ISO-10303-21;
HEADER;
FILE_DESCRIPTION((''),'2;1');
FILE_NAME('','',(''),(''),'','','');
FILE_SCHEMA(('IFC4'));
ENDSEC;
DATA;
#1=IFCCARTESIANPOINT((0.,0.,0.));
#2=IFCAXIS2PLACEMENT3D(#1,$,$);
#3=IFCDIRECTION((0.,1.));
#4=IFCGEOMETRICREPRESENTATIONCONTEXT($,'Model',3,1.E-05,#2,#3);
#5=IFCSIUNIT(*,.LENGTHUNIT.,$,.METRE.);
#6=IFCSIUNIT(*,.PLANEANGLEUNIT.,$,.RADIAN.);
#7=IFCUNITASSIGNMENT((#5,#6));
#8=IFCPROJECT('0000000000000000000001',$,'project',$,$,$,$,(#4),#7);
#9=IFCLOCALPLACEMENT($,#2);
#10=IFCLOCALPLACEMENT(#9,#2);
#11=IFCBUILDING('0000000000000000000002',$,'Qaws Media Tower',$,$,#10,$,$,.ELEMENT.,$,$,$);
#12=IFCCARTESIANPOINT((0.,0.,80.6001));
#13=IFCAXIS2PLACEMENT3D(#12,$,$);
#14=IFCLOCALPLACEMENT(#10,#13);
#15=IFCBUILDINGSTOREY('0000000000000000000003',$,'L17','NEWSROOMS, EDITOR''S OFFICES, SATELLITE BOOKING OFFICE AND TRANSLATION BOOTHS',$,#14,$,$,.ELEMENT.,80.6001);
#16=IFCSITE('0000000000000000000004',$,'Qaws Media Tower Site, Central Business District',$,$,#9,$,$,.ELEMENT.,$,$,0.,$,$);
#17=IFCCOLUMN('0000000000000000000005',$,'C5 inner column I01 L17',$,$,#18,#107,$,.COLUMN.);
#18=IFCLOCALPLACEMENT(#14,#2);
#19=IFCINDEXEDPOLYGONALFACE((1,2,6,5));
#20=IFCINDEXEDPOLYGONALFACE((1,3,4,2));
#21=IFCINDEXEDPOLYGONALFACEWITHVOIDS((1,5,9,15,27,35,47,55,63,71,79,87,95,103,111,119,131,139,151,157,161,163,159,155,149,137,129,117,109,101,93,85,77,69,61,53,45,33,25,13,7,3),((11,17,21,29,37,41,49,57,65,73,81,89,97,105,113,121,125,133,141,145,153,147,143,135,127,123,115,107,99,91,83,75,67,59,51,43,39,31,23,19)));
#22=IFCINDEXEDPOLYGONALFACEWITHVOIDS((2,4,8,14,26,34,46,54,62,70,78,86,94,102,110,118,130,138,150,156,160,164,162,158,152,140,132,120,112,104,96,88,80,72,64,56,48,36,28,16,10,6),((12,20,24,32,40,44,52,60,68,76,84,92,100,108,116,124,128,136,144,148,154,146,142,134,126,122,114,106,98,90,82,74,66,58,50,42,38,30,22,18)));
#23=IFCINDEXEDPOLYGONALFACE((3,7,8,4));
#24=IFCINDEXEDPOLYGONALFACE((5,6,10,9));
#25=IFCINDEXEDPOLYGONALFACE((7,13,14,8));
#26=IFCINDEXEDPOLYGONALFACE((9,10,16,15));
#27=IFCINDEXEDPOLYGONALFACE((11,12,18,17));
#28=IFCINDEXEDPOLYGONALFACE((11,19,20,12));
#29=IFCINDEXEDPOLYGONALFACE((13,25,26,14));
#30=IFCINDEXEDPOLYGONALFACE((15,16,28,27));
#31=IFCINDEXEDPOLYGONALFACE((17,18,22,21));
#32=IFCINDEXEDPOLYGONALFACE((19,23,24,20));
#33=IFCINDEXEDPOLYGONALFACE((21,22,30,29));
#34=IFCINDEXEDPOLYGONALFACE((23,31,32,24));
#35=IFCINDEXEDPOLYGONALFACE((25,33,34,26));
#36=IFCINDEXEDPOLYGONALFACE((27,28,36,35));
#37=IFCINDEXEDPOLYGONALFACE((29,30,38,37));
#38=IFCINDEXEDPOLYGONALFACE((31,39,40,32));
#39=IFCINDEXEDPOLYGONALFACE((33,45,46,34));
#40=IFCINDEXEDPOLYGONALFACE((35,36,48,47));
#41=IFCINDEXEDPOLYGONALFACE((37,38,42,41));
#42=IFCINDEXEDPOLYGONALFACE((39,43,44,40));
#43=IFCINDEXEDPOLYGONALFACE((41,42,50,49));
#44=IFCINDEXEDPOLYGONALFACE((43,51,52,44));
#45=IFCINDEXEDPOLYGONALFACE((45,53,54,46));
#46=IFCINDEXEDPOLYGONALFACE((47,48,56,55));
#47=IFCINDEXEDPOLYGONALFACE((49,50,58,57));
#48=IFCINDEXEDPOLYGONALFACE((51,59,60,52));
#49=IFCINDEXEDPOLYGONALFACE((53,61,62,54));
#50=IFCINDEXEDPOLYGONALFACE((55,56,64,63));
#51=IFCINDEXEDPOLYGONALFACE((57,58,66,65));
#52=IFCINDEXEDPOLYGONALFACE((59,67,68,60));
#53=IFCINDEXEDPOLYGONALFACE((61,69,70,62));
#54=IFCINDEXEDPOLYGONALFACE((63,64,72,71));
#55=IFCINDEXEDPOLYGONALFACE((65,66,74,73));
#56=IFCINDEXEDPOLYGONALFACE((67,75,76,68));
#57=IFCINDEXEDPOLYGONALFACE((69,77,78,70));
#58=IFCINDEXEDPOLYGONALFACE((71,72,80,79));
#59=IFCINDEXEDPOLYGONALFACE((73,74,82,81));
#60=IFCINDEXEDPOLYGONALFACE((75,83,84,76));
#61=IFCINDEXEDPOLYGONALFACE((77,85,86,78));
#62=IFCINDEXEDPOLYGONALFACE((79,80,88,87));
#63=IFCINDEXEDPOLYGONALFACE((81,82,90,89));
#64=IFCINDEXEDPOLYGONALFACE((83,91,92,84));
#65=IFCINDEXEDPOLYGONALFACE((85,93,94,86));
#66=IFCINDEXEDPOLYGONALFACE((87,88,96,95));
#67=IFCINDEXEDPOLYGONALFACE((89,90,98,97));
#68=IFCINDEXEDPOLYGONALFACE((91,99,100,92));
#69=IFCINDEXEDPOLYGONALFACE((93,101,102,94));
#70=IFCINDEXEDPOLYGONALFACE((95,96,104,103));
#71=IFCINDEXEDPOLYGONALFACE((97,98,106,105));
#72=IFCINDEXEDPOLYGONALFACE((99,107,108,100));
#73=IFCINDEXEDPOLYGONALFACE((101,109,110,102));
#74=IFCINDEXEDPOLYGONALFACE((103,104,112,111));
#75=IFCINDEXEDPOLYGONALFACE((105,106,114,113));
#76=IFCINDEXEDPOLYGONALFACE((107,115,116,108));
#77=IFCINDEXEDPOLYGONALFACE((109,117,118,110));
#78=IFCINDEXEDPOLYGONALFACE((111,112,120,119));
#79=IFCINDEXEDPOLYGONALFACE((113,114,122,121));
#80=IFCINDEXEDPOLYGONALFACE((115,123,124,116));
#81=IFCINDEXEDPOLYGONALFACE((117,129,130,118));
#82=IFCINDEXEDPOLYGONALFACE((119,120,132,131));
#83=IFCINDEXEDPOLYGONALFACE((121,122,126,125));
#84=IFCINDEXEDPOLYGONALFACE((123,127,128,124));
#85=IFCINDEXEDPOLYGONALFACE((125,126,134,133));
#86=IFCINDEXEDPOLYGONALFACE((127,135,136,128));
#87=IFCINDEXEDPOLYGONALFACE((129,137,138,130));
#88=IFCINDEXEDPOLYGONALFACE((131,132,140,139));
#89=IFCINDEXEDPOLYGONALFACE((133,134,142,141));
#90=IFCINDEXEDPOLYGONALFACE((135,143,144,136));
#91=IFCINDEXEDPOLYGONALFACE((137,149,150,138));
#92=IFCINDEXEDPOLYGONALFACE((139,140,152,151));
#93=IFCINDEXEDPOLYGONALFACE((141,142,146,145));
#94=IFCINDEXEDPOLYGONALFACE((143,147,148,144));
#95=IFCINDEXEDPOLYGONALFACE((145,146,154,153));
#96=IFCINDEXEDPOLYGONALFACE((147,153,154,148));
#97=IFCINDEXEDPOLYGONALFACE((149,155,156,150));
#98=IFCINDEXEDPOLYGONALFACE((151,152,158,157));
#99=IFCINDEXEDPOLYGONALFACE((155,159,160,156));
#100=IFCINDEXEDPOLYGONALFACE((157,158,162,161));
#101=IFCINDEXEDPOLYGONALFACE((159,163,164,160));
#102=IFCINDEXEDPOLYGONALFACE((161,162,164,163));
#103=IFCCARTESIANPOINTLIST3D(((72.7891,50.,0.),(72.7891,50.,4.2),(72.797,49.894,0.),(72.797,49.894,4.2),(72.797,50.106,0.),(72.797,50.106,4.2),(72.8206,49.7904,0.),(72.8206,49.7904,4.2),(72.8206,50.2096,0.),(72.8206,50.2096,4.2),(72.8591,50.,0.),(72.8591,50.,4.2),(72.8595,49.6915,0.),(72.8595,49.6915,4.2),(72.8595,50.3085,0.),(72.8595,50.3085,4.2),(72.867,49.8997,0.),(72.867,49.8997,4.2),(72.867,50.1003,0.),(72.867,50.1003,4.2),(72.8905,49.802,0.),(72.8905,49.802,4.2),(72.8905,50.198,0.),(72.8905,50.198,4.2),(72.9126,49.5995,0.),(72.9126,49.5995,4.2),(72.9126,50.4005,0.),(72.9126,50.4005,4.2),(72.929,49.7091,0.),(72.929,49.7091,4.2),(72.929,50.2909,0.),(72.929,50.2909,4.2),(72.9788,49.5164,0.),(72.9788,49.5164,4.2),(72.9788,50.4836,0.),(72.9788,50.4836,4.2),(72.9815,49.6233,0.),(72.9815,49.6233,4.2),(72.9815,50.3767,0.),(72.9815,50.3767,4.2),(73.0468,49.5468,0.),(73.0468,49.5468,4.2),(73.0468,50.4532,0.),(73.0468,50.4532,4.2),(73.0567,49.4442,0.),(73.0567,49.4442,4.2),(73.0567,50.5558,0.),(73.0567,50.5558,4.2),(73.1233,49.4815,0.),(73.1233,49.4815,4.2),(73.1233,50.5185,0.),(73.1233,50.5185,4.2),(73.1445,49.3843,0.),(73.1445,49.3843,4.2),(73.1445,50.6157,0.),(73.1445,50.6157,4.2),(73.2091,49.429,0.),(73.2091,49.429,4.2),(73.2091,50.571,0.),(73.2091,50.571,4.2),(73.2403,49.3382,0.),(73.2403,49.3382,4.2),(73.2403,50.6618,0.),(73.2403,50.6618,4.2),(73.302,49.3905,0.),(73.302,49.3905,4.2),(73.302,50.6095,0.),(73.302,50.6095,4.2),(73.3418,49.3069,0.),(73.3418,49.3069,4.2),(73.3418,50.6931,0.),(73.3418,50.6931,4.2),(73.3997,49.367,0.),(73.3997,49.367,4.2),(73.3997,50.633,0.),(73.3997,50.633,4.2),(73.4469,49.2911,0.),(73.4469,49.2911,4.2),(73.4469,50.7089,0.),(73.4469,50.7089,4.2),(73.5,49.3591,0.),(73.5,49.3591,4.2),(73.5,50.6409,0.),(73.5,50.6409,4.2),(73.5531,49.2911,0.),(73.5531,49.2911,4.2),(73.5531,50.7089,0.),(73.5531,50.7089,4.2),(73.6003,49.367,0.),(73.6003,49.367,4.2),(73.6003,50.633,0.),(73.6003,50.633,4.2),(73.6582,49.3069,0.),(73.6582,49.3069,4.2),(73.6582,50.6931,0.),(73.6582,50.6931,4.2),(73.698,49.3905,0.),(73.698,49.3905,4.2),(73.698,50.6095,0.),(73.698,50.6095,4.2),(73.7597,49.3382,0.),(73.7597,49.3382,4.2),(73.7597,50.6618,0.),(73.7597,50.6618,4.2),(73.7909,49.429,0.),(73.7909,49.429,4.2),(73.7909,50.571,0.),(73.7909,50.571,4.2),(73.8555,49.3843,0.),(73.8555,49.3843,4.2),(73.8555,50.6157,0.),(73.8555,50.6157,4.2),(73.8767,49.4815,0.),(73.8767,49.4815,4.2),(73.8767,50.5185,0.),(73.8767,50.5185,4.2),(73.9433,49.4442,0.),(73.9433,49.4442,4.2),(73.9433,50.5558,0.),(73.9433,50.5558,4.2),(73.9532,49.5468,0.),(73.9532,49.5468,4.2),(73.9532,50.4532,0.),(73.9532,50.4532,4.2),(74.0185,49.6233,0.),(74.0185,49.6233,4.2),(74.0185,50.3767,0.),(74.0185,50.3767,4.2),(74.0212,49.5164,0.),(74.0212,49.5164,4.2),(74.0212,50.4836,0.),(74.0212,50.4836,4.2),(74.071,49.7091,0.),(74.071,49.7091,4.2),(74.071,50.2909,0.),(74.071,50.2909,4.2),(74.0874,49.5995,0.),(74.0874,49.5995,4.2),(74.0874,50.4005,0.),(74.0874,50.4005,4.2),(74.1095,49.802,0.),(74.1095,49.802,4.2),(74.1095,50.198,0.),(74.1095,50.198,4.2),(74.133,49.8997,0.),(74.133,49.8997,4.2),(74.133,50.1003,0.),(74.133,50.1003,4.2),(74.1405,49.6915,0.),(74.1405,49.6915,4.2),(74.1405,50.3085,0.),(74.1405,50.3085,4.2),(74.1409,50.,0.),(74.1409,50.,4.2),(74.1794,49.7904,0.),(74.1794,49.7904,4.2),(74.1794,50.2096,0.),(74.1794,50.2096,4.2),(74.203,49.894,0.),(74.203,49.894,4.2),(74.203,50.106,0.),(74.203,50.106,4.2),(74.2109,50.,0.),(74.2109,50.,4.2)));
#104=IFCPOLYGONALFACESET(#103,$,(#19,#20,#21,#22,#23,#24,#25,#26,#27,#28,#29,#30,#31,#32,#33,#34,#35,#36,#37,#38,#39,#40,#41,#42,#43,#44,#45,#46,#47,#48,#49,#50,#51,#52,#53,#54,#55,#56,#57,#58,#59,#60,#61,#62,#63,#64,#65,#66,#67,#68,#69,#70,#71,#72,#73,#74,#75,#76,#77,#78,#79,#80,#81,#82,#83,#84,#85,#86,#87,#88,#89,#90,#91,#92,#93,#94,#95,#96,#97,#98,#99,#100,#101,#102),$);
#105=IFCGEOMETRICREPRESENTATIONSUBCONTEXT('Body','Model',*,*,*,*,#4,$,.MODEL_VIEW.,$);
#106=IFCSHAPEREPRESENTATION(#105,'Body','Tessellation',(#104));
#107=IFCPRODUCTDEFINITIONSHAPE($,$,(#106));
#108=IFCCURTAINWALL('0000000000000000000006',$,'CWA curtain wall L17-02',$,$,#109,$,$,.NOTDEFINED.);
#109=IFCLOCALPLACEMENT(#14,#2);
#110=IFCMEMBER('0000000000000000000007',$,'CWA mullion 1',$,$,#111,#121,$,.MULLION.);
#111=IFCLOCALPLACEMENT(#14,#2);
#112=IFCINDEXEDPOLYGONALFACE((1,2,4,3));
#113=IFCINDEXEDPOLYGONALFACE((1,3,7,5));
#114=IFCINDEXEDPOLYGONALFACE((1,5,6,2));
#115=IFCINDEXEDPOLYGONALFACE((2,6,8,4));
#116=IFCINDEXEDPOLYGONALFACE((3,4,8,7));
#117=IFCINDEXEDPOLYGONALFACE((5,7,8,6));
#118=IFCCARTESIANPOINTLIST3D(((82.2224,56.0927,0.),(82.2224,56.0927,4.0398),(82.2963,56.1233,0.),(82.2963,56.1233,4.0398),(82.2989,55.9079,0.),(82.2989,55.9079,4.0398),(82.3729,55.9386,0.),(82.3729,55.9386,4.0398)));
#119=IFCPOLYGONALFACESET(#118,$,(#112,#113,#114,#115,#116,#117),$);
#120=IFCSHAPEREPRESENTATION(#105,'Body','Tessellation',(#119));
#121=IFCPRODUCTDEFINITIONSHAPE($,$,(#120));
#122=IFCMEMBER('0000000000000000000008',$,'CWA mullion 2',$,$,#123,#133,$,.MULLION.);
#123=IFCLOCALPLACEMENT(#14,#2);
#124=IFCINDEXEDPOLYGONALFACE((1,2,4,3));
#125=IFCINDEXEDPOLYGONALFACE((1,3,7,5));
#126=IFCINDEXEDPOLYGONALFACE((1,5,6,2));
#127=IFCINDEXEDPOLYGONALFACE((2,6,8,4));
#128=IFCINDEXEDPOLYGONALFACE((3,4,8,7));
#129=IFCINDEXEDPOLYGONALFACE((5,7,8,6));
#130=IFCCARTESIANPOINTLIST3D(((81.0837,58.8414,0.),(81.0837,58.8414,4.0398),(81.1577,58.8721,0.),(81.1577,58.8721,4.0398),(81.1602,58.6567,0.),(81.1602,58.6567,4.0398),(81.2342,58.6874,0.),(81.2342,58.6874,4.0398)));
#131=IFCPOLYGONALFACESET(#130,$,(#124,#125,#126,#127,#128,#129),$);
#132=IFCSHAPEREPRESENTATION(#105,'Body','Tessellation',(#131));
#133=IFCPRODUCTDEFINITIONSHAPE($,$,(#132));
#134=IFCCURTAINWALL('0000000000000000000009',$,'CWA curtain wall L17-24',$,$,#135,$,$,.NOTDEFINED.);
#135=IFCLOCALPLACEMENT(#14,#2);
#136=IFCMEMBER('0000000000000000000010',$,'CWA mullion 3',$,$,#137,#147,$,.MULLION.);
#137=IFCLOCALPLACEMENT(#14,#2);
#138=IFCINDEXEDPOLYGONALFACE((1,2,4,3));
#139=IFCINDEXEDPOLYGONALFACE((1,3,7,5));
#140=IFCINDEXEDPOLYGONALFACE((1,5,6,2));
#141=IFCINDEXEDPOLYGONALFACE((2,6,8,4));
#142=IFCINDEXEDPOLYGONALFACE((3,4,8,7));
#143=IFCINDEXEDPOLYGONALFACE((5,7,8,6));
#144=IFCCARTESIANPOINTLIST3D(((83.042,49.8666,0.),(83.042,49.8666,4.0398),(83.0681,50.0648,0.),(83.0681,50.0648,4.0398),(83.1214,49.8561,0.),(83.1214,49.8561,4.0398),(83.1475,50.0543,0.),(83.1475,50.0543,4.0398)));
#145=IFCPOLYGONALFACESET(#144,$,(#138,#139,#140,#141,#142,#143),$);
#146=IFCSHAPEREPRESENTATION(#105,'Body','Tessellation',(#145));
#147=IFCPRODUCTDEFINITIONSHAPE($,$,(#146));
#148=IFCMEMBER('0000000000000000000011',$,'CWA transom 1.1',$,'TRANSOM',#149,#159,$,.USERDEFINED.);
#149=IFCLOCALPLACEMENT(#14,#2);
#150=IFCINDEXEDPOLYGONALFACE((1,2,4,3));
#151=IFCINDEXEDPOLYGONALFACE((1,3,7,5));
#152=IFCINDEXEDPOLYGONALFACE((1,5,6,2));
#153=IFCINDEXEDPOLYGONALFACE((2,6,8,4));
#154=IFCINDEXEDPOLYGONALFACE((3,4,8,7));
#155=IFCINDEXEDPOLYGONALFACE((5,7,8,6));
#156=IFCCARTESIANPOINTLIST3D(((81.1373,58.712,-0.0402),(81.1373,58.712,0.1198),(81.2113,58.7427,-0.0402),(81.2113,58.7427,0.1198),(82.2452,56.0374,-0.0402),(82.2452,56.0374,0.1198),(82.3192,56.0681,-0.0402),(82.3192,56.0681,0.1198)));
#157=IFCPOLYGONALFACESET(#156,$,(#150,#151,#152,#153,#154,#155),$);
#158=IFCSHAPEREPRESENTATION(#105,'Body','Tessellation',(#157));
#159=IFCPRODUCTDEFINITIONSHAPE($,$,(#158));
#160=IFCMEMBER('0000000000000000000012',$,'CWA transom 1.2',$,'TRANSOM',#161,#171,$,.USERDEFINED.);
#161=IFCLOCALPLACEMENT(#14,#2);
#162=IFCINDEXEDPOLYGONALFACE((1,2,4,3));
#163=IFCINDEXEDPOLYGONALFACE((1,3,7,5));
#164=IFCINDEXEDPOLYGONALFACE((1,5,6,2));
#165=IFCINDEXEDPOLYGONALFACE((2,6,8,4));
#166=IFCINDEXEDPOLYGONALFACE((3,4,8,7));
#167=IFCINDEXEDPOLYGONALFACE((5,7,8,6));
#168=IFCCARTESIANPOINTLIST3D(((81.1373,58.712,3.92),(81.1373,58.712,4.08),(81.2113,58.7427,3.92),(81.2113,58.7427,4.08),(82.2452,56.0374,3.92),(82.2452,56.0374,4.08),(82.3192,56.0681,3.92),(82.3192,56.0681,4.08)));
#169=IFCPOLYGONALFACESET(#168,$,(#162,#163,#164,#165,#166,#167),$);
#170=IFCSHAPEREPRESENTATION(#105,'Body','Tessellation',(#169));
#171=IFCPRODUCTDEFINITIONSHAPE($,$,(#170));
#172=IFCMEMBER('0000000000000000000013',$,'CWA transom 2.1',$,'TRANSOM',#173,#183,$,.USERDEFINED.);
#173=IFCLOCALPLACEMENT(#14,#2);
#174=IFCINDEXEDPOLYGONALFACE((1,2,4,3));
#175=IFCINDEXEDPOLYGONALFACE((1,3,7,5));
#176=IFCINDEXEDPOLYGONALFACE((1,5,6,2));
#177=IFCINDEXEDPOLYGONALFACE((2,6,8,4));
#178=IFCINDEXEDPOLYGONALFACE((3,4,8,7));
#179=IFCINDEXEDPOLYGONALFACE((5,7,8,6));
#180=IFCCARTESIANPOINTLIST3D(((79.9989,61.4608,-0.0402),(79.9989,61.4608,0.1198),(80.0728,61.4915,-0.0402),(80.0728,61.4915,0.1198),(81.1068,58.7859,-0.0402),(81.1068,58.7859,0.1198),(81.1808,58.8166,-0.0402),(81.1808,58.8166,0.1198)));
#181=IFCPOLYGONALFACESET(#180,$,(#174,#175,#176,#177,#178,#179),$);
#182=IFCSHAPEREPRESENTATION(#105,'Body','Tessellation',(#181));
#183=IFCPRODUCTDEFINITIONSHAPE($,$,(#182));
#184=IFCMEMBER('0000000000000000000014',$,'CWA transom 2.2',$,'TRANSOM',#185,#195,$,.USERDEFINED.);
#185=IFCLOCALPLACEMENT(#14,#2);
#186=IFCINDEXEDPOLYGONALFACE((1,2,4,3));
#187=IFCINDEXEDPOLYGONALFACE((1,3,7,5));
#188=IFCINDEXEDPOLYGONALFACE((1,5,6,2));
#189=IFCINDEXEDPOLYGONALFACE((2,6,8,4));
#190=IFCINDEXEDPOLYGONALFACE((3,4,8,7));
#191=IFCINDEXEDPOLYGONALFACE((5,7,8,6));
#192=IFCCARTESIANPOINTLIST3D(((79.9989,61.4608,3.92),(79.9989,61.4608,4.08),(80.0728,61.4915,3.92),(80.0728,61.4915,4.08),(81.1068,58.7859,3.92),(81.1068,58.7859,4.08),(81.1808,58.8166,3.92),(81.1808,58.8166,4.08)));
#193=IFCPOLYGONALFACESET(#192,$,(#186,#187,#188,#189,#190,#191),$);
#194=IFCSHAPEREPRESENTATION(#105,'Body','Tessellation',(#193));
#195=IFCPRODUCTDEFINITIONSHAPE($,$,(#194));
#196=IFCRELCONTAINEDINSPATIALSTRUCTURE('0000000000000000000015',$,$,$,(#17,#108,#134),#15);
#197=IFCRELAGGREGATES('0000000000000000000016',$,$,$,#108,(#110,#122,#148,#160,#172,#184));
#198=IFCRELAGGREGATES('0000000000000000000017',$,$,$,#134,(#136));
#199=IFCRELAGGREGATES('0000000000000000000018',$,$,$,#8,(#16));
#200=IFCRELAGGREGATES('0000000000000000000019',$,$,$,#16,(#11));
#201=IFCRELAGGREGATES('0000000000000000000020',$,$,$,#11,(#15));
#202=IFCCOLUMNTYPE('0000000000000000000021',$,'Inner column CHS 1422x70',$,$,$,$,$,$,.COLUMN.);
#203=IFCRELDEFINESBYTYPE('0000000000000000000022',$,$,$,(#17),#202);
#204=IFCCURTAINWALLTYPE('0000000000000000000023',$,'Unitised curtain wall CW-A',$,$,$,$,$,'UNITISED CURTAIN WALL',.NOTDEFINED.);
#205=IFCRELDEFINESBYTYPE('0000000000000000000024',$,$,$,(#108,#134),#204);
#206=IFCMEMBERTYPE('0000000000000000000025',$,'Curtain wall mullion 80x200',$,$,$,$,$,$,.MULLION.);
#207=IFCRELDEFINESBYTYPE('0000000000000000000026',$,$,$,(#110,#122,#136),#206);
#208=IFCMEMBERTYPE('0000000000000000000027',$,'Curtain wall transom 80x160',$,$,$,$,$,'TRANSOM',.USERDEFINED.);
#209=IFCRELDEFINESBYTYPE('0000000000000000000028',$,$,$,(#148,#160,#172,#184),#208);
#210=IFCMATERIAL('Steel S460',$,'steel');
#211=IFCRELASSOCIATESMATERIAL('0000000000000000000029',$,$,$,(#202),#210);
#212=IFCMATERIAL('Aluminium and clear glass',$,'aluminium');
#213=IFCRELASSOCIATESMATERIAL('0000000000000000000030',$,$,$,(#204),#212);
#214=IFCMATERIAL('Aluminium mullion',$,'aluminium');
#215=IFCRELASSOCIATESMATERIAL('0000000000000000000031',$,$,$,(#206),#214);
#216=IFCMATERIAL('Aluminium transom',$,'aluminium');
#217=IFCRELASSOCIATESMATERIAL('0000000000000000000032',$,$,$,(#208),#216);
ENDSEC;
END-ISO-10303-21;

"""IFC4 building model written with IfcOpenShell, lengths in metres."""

from ifc_helpers import new_model, si_unit, direction, frame, origin, origin_2d, place, context, subcontext, project, spatial, rectangle, hollow_circle, extrude, material, material_profile, profile_set, type_object, element, aggregate, save


model = new_model("IFC4")

# Units and contexts
model_context = context("Model", 3, precision=1e-05, world=origin(), true_north=direction((0.0, 1.0)))
body_context = subcontext(model_context, "Body", "Model", "MODEL_VIEW")
ifc_project = project(units=[si_unit("LENGTHUNIT", "METRE"), si_unit("PLANEANGLEUNIT", "RADIAN")], contexts=[model_context])

# Site, building, storey
site_placement = place(None, origin())
site = spatial("IfcSite", under=ifc_project, at=site_placement, Name="Qaws Media Tower Site, Central Business District", CompositionType="ELEMENT", RefElevation=0.0)
building_placement = place(site_placement, origin())
building = spatial("IfcBuilding", under=site, at=building_placement, Name="Qaws Media Tower", CompositionType="ELEMENT")
storey_placement = place(building_placement, frame((0.0, 0.0, 80.6001)))
storey = spatial("IfcBuildingStorey", under=building, at=storey_placement, Name="L17", Description="NEWSROOMS, EDITOR'S OFFICES, SATELLITE BOOKING OFFICE AND TRANSLATION BOOTHS", CompositionType="ELEMENT", Elevation=80.6001)

# Column
ifc_material_1 = material(Name="Steel S460", Category="steel")
ifc_material_profile_1 = material_profile(ifc_material_1, hollow_circle(Radius=0.7109, WallThickness=0.0701, at=origin_2d()), Name="CHS 1422x70")
ifc_profile_set_1 = profile_set([ifc_material_profile_1], Name="Steel S460")
column_type = type_object("IfcColumnType", Name="Inner column CHS 1422x70", PredefinedType="COLUMN", material=ifc_profile_set_1)
column_placement = place(storey_placement, frame((73.5, 50.0, 0.0), z_axis=(0.0, 0.0, 1.0), x_axis=(1.0, 0.0, 0.0)))
element("IfcColumn", 1, at=column_placement, inside=storey, type_object=column_type, Name="C5 inner column I01 L17", PredefinedType="COLUMN", context=body_context, shape_type="SweptSolid", body=[
    extrude(hollow_circle(Radius=0.7109, WallThickness=0.0701, at=origin_2d()), origin(), (0.0, 0.0, 1.0), 4.2),
])

# Curtain wall, members
ifc_material_2 = material(Name="Aluminium and clear glass", Category="aluminium")
curtain_wall_type = type_object("IfcCurtainWallType", Name="Unitised curtain wall CW-A", ElementType="UNITISED CURTAIN WALL", PredefinedType="NOTDEFINED", material=ifc_material_2)
curtain_wall_1_placement = place(storey_placement, origin())
curtain_wall_1 = element("IfcCurtainWall", 2, at=curtain_wall_1_placement, inside=storey, type_object=curtain_wall_type, Name="CWA curtain wall L17-02", PredefinedType="NOTDEFINED")
ifc_material_3 = material(Name="Aluminium mullion", Category="aluminium")
ifc_material_profile_2 = material_profile(ifc_material_3, rectangle(XDim=0.0801, YDim=0.2, at=origin_2d()), Name="80x200")
ifc_profile_set_2 = profile_set([ifc_material_profile_2], Name="Aluminium mullion")
member_type_1 = type_object("IfcMemberType", Name="Curtain wall mullion 80x200", PredefinedType="MULLION", material=ifc_profile_set_2)
member_1_placement = place(storey_placement, frame((82.2976, 56.0156, 0.0), z_axis=(0.0, 0.0, 1.0), x_axis=(-0.92388, -0.382683, 0.0)))
member_1 = element("IfcMember", 3, at=member_1_placement, type_object=member_type_1, Name="CWA mullion 1", PredefinedType="MULLION", context=body_context, shape_type="SweptSolid", body=[
    extrude(rectangle(XDim=0.0801, YDim=0.2, at=origin_2d()), origin(), (0.0, 0.0, 1.0), 4.0398),
])
member_2_placement = place(storey_placement, frame((81.1589, 58.7644, 0.0), z_axis=(0.0, 0.0, 1.0), x_axis=(-0.92388, -0.382683, 0.0)))
member_2 = element("IfcMember", 4, at=member_2_placement, type_object=member_type_1, Name="CWA mullion 2", PredefinedType="MULLION", context=body_context, shape_type="SweptSolid", body=[
    extrude(rectangle(XDim=0.0801, YDim=0.2, at=origin_2d()), origin(), (0.0, 0.0, 1.0), 4.0398),
])

# Curtain wall, member
curtain_wall_2_placement = place(storey_placement, origin())
curtain_wall_2 = element("IfcCurtainWall", 5, at=curtain_wall_2_placement, inside=storey, type_object=curtain_wall_type, Name="CWA curtain wall L17-24", PredefinedType="NOTDEFINED")
member_3_placement = place(storey_placement, frame((83.0947, 49.9604, 0.0), z_axis=(0.0, 0.0, 1.0), x_axis=(-0.991445, 0.130526, 0.0)))
member_3 = element("IfcMember", 6, at=member_3_placement, type_object=member_type_1, Name="CWA mullion 3", PredefinedType="MULLION", context=body_context, shape_type="SweptSolid", body=[
    extrude(rectangle(XDim=0.0801, YDim=0.2, at=origin_2d()), origin(), (0.0, 0.0, 1.0), 4.0398),
])

# Members
ifc_material_4 = material(Name="Aluminium transom", Category="aluminium")
ifc_material_profile_3 = material_profile(ifc_material_4, rectangle(XDim=0.0801, YDim=0.1599, at=origin_2d()), Name="80x160")
ifc_profile_set_3 = profile_set([ifc_material_profile_3], Name="Aluminium transom")
member_type_2 = type_object("IfcMemberType", Name="Curtain wall transom 80x160", ElementType="TRANSOM", PredefinedType="USERDEFINED", material=ifc_profile_set_3)
member_4_placement = place(storey_placement, frame((82.2822, 56.0527, 0.0398), z_axis=(-0.382704, 0.923871, 0.0), x_axis=(-0.923871, -0.382704, 0.0)))
member_4 = element("IfcMember", 7, at=member_4_placement, type_object=member_type_2, Name="CWA transom 1.1", ObjectType="TRANSOM", PredefinedType="USERDEFINED", context=body_context, shape_type="SweptSolid", body=[
    extrude(rectangle(XDim=0.0801, YDim=0.1599, at=origin_2d()), origin(), (0.0, 0.0, 1.0), 2.895),
])
member_5_placement = place(storey_placement, frame((82.2822, 56.0527, 4.0), z_axis=(-0.382704, 0.923871, 0.0), x_axis=(-0.923871, -0.382704, 0.0)))
member_5 = element("IfcMember", 8, at=member_5_placement, type_object=member_type_2, Name="CWA transom 1.2", ObjectType="TRANSOM", PredefinedType="USERDEFINED", context=body_context, shape_type="SweptSolid", body=[
    extrude(rectangle(XDim=0.0801, YDim=0.1599, at=origin_2d()), origin(), (0.0, 0.0, 1.0), 2.895),
])
member_6_placement = place(storey_placement, frame((81.1438, 58.8013, 0.0398), z_axis=(-0.382675, 0.923883, 0.0), x_axis=(-0.923883, -0.382675, 0.0)))
member_6 = element("IfcMember", 9, at=member_6_placement, type_object=member_type_2, Name="CWA transom 2.1", ObjectType="TRANSOM", PredefinedType="USERDEFINED", context=body_context, shape_type="SweptSolid", body=[
    extrude(rectangle(XDim=0.0801, YDim=0.1599, at=origin_2d()), origin(), (0.0, 0.0, 1.0), 2.8953),
])
member_7_placement = place(storey_placement, frame((81.1438, 58.8013, 4.0), z_axis=(-0.382675, 0.923883, 0.0), x_axis=(-0.923883, -0.382675, 0.0)))
member_7 = element("IfcMember", 10, at=member_7_placement, type_object=member_type_2, Name="CWA transom 2.2", ObjectType="TRANSOM", PredefinedType="USERDEFINED", context=body_context, shape_type="SweptSolid", body=[
    extrude(rectangle(XDim=0.0801, YDim=0.1599, at=origin_2d()), origin(), (0.0, 0.0, 1.0), 2.8953),
])

aggregate(curtain_wall_1, [member_1, member_2, member_4, member_5, member_6, member_7])
aggregate(curtain_wall_2, [member_3])

save(model, "model.ifc")
